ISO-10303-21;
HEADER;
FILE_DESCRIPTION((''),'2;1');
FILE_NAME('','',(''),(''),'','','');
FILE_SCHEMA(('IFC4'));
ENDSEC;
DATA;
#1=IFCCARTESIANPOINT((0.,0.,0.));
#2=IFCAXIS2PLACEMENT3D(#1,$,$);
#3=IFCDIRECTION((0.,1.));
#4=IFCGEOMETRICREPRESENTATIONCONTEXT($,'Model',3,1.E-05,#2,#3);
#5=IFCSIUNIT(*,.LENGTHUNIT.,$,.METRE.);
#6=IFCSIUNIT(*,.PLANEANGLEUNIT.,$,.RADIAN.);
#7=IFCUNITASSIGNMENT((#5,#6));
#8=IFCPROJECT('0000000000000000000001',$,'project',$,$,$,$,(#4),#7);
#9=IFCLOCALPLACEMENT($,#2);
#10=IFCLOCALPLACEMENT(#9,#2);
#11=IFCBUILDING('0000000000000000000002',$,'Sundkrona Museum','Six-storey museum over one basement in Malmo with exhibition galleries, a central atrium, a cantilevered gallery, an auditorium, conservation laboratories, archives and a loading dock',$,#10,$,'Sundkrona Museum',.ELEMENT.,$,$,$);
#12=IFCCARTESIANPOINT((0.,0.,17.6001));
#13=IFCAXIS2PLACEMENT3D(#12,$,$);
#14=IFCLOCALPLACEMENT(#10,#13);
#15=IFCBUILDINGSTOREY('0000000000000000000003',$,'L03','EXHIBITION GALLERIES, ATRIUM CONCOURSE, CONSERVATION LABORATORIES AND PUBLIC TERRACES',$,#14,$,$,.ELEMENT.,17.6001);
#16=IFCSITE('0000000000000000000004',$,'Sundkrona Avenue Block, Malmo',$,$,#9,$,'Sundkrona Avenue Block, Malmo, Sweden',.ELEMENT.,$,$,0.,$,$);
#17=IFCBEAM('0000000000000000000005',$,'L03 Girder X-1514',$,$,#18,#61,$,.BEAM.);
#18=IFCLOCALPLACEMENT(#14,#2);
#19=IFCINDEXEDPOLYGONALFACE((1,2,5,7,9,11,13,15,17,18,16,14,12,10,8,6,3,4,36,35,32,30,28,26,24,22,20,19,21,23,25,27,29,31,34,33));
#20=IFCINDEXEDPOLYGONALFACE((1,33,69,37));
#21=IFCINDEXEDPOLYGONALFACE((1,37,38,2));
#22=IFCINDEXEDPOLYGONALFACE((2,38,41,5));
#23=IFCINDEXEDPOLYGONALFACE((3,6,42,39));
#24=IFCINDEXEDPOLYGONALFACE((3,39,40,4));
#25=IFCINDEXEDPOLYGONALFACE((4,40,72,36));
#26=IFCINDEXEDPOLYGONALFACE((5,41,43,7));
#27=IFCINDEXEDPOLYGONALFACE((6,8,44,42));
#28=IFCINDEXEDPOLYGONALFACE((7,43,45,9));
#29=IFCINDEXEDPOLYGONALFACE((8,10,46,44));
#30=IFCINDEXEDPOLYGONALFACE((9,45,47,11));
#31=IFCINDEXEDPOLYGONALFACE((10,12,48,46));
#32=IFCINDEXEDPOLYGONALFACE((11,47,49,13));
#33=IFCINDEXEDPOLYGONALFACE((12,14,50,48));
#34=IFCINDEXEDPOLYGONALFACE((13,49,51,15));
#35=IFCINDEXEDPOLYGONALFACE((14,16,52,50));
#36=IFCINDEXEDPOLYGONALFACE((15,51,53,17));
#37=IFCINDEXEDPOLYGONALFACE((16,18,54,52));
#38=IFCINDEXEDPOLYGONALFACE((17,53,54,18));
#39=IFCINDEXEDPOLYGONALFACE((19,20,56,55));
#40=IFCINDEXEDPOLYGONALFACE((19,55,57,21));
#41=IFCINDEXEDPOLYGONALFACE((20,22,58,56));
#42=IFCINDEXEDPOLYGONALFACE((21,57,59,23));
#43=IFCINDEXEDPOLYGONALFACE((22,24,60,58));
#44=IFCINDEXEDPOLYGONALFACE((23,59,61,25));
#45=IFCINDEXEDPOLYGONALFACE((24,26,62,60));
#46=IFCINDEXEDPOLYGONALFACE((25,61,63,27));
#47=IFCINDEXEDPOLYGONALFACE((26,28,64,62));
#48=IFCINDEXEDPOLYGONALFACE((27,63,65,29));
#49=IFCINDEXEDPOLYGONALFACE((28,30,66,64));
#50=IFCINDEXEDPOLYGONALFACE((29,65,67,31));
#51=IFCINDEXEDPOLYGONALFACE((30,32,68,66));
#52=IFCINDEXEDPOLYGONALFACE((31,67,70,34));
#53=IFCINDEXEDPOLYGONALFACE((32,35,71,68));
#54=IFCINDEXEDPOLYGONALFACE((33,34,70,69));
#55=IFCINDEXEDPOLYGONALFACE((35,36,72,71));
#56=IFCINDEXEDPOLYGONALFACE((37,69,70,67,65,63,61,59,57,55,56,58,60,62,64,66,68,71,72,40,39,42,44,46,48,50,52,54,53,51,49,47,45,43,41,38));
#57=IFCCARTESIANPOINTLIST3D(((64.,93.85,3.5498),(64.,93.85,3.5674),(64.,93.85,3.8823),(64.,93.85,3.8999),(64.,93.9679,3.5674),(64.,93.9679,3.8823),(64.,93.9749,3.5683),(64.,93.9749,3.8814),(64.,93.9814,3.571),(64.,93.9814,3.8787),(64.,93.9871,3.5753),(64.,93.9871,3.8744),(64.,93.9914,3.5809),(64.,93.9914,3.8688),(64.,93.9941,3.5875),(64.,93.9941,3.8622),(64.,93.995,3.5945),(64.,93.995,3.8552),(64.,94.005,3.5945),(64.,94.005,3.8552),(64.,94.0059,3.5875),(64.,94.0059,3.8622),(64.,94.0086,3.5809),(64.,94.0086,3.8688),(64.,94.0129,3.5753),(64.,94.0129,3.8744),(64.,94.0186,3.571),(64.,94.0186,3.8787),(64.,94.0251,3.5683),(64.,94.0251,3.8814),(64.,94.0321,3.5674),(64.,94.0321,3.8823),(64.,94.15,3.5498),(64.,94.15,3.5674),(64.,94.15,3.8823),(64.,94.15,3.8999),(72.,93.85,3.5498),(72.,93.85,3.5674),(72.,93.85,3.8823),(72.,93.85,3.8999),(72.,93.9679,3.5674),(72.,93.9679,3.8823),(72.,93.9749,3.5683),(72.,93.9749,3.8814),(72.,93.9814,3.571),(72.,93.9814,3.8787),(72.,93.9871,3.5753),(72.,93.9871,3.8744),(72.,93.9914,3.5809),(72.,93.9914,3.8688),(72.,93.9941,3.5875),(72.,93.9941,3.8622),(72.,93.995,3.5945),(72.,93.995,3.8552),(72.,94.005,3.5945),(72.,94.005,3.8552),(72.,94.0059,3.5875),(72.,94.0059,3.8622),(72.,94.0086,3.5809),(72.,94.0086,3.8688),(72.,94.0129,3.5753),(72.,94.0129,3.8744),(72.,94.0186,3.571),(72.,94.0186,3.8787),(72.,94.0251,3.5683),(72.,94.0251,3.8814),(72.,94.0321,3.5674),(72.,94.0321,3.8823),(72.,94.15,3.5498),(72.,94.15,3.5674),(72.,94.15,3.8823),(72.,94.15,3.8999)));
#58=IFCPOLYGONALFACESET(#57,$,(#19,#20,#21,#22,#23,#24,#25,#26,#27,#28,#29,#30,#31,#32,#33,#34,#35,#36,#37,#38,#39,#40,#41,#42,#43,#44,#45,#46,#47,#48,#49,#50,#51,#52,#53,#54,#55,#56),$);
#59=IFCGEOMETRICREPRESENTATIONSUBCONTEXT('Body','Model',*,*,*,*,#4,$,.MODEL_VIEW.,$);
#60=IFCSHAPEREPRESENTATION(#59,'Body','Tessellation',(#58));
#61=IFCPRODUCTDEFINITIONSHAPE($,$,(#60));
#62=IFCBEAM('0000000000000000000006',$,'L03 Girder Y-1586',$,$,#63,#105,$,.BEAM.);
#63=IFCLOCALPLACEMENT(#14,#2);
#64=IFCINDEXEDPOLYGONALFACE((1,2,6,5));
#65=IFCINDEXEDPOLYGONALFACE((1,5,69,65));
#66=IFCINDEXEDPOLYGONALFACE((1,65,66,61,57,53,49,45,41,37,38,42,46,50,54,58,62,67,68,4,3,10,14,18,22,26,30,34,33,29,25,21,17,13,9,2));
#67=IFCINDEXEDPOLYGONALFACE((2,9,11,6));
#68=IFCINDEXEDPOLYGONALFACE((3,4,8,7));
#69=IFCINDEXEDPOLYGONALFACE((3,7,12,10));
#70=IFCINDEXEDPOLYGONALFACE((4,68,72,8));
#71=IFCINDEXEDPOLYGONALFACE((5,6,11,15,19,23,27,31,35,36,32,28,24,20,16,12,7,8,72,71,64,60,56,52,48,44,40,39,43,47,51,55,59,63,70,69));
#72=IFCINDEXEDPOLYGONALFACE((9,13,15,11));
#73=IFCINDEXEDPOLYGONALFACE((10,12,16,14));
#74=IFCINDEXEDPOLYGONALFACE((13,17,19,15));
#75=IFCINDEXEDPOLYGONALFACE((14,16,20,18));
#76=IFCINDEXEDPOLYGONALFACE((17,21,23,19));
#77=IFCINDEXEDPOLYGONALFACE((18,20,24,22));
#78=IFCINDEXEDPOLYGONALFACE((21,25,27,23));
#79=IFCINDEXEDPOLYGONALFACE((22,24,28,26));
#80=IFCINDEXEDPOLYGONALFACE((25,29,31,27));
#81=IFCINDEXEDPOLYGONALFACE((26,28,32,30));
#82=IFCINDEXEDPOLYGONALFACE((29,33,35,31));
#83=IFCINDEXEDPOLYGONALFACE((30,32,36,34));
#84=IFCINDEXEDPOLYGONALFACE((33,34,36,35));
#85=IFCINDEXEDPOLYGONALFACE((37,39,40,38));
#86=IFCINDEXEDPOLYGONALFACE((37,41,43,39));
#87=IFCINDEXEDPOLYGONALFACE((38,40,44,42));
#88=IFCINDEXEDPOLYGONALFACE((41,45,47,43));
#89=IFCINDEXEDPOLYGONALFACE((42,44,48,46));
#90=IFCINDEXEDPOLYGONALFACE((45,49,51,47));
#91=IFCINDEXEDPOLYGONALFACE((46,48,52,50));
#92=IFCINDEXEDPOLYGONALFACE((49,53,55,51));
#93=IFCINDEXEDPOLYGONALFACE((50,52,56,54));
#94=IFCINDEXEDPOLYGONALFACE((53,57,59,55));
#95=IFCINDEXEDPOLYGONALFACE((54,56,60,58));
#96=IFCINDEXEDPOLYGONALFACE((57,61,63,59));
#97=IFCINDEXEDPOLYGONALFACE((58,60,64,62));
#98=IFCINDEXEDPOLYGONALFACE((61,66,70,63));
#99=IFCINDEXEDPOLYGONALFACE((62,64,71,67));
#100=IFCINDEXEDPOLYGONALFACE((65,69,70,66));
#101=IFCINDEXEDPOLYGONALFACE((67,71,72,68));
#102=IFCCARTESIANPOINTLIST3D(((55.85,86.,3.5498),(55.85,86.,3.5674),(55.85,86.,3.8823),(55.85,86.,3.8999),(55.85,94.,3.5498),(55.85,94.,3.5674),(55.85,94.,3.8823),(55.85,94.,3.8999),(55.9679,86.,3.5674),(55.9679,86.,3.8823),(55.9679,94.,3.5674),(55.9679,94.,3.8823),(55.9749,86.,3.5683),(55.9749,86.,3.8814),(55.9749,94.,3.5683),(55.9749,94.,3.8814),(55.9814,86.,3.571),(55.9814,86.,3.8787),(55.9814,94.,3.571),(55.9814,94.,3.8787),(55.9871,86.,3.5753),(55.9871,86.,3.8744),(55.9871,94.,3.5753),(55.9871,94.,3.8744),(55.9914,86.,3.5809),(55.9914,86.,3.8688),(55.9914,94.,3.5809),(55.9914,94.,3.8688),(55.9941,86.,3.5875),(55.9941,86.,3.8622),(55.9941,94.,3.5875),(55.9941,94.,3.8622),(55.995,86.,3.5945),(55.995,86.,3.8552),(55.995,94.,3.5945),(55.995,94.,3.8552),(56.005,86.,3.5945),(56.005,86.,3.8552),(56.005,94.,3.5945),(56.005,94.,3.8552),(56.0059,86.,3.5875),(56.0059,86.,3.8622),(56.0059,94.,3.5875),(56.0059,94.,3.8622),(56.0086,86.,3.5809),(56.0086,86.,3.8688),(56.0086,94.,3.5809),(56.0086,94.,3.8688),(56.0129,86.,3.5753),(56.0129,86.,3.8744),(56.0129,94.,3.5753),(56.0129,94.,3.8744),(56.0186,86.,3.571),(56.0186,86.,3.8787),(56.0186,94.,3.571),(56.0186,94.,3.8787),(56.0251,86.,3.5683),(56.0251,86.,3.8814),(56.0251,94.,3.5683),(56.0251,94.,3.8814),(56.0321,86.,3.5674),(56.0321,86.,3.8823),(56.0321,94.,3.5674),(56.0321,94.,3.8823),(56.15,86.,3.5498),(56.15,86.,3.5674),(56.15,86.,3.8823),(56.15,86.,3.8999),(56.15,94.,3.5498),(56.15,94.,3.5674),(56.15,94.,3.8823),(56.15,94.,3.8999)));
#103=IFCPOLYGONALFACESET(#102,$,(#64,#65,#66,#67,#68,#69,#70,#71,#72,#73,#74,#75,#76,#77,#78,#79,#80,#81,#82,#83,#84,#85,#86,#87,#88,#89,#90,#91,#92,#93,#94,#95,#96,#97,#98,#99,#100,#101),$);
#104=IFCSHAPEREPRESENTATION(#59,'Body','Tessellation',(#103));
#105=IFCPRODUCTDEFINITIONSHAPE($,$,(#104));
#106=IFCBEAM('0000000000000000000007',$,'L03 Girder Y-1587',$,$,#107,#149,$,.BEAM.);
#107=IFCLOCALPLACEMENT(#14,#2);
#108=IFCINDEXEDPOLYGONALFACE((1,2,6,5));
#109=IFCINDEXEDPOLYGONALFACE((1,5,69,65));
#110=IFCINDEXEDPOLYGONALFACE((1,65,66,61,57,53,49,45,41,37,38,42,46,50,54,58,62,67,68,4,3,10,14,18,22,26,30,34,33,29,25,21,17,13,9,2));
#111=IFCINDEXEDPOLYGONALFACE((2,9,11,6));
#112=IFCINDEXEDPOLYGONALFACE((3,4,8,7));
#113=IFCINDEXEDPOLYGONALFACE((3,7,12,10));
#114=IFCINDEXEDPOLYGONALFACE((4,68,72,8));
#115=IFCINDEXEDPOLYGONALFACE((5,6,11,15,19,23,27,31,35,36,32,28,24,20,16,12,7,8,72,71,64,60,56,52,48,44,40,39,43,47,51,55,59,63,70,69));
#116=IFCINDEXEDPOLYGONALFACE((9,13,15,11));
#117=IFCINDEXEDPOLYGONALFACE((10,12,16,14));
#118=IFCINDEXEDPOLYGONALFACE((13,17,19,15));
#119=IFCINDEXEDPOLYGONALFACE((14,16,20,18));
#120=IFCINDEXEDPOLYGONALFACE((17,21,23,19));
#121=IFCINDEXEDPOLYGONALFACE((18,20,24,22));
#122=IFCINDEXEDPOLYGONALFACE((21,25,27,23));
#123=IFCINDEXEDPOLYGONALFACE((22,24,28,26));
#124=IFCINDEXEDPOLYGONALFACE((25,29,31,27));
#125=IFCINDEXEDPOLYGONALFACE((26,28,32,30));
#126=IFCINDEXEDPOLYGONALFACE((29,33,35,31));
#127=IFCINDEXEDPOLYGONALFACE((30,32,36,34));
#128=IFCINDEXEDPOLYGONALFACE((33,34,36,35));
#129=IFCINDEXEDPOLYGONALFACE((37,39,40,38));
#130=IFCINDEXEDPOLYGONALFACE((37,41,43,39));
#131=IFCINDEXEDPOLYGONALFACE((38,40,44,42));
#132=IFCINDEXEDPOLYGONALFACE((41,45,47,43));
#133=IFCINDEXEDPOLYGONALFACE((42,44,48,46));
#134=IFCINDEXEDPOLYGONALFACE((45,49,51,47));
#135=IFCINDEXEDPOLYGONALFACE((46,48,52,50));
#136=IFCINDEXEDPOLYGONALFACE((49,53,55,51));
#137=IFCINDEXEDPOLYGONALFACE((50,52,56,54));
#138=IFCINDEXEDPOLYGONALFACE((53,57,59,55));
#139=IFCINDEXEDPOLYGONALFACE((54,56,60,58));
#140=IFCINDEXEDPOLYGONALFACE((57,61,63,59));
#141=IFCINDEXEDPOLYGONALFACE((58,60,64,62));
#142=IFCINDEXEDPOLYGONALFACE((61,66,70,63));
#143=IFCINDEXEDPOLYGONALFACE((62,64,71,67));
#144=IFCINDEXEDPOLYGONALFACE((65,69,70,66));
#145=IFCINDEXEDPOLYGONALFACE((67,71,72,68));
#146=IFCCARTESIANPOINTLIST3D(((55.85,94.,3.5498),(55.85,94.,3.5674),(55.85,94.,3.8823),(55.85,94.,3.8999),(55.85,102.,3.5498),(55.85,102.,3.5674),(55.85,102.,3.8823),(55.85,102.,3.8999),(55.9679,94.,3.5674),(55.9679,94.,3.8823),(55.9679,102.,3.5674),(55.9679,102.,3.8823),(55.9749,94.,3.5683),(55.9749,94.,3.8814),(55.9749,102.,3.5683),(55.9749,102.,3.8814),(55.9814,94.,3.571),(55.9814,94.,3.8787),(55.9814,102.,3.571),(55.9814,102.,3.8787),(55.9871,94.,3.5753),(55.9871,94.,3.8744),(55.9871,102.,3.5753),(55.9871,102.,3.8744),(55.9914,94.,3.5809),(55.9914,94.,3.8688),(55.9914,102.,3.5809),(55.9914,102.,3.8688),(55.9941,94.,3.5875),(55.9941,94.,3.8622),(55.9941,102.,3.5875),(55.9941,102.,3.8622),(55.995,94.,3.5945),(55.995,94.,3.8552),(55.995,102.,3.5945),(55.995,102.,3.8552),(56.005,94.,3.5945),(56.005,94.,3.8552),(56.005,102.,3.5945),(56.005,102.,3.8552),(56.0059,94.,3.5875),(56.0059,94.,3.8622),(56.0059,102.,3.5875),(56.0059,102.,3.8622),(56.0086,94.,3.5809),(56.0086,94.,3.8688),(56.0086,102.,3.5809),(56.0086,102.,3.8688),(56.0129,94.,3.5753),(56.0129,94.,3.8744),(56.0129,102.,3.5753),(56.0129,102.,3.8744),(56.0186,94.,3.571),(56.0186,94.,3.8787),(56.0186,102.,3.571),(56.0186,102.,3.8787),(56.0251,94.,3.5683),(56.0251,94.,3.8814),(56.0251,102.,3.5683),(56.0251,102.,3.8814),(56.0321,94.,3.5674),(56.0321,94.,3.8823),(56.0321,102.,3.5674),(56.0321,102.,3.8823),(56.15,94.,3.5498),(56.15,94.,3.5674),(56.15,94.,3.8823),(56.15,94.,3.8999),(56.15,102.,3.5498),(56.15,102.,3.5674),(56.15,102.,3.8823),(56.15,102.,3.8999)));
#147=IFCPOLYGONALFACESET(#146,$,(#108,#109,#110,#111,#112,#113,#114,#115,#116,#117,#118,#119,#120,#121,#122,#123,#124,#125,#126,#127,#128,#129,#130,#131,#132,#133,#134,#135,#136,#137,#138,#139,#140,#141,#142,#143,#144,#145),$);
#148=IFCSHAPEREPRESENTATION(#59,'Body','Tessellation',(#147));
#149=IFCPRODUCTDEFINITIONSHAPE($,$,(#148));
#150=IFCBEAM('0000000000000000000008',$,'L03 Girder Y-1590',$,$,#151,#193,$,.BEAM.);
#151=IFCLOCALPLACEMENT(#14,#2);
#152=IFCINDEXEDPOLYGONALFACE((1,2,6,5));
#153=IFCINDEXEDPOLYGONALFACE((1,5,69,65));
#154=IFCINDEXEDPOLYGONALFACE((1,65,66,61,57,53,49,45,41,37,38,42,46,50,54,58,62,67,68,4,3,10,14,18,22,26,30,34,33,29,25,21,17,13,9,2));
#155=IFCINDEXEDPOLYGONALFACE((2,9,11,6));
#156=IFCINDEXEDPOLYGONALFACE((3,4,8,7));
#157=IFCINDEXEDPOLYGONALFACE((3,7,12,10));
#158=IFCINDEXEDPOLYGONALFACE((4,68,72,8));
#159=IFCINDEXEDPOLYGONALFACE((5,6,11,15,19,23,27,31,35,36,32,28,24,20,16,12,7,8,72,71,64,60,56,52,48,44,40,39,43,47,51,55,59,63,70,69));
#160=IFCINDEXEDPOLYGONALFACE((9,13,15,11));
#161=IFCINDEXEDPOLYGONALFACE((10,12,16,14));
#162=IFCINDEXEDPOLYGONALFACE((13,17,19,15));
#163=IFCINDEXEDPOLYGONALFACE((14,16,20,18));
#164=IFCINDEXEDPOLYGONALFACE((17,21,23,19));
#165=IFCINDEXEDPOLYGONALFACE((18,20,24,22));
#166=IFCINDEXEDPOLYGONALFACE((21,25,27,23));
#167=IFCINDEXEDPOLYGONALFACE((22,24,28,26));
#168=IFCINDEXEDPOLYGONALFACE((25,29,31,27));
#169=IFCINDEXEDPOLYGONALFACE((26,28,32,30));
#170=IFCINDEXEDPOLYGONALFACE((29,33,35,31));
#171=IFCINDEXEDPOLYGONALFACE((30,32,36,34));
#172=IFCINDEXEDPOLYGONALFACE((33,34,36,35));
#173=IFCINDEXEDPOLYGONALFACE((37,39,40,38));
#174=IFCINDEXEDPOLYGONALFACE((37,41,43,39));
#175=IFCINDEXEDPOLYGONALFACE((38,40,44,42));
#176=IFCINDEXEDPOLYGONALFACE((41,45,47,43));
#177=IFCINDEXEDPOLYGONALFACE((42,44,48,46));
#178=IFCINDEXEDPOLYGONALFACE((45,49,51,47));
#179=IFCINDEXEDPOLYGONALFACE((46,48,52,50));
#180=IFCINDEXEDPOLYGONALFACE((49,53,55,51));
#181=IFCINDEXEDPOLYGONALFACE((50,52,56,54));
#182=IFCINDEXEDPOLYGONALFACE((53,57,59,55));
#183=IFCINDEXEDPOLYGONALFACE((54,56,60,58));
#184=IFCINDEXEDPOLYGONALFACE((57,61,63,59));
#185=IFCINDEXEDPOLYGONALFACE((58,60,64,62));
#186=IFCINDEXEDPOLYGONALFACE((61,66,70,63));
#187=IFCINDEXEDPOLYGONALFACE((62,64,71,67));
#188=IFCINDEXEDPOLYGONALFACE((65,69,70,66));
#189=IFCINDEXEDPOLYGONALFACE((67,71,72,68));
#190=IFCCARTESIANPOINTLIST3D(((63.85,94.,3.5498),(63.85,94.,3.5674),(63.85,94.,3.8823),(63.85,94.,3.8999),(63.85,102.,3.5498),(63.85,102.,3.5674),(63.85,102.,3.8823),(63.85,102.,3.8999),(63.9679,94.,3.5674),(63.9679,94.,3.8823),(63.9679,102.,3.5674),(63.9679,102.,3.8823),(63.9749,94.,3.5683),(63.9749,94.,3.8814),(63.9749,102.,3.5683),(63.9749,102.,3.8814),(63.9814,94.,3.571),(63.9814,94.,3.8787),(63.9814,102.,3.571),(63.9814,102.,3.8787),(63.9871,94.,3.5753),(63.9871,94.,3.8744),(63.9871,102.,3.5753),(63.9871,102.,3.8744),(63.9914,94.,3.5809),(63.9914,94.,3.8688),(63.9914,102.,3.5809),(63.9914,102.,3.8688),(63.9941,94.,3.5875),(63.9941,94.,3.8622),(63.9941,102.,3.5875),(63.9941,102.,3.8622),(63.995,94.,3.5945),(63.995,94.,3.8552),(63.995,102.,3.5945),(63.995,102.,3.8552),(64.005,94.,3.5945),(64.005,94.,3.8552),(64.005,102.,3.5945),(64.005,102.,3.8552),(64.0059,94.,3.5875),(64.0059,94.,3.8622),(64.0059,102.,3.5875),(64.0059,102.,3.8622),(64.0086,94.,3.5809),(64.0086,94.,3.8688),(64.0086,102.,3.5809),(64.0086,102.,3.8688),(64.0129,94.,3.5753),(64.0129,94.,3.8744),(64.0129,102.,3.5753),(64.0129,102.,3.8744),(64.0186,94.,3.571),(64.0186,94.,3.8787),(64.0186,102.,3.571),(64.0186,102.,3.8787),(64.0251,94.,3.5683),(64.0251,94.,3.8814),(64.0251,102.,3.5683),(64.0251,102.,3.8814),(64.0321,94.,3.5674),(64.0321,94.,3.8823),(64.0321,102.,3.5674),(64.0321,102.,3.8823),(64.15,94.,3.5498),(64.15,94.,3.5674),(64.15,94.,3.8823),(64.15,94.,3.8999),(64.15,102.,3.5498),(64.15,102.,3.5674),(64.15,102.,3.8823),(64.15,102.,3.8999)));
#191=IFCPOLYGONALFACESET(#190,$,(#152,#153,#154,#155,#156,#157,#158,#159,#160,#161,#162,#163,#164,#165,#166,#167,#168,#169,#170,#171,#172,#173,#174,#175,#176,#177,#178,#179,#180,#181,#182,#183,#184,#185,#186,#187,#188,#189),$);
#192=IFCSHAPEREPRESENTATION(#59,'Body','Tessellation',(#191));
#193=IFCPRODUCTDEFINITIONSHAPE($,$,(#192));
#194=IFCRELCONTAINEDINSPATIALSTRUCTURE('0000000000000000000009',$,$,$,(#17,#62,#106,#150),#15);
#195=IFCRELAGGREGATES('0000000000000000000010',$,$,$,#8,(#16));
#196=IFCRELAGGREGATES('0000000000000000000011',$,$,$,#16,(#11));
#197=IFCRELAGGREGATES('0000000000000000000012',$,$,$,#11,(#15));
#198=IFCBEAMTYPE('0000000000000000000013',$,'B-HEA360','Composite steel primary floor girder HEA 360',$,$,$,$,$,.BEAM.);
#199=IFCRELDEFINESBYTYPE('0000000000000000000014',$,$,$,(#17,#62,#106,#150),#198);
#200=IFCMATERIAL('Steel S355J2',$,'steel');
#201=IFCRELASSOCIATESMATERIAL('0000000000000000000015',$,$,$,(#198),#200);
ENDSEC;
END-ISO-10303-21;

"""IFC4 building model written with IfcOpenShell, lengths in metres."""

from ifc_helpers import new_model, si_unit, direction, frame, origin, origin_2d, place, context, subcontext, project, spatial, i_section, extrude, material, material_profile, profile_set, type_object, element, save


model = new_model("IFC4")

# Units and contexts
model_context = context("Model", 3, precision=1e-05, world=origin(), true_north=direction((0.0, 1.0)))
body_context = subcontext(model_context, "Body", "Model", "MODEL_VIEW")
ifc_project = project(units=[si_unit("LENGTHUNIT", "METRE"), si_unit("PLANEANGLEUNIT", "RADIAN")], contexts=[model_context])

# Site, building, storey
site_placement = place(None, origin())
site = spatial("IfcSite", under=ifc_project, at=site_placement, Name="Sundkrona Avenue Block, Malmo", LongName="Sundkrona Avenue Block, Malmo, Sweden", CompositionType="ELEMENT", RefElevation=0.0)
building_placement = place(site_placement, origin())
building = spatial("IfcBuilding", under=site, at=building_placement, Name="Sundkrona Museum", Description="Six-storey museum over one basement in Malmo with exhibition galleries, a central atrium, a cantilevered gallery, an auditorium, conservation laboratories, archives and a loading dock", LongName="Sundkrona Museum", CompositionType="ELEMENT")
storey_placement = place(building_placement, frame((0.0, 0.0, 17.6001)))
storey = spatial("IfcBuildingStorey", under=building, at=storey_placement, Name="L03", Description="EXHIBITION GALLERIES, ATRIUM CONCOURSE, CONSERVATION LABORATORIES AND PUBLIC TERRACES", CompositionType="ELEMENT", Elevation=17.6001)

# Shared definitions
ifc_material_1 = material(Name="Steel S355J2", Category="steel")

# Beams
ifc_material_profile_1 = material_profile(ifc_material_1, i_section(OverallWidth=0.3, OverallDepth=0.3501, WebThickness=0.01, FlangeThickness=0.0176, FilletRadius=0.0271, at=origin_2d()), Name="HEA 360")
ifc_profile_set_1 = profile_set([ifc_material_profile_1], Name="Steel S355J2")
beam_type_1 = type_object("IfcBeamType", Name="B-HEA360", Description="Composite steel primary floor girder HEA 360", PredefinedType="BEAM", material=ifc_profile_set_1)
for number, where, z_axis, x_axis, name in (
    (1, (64.0, 94.0, 3.7249), (1.0, 0.0, 0.0), (0.0, 1.0, 0.0), "L03 Girder X-1514"),
    (2, (56.0, 86.0, 3.7249), (0.0, 1.0, 0.0), (-1.0, 0.0, 0.0), "L03 Girder Y-1586"),
    (3, (56.0, 94.0, 3.7249), (0.0, 1.0, 0.0), (-1.0, 0.0, 0.0), "L03 Girder Y-1587"),
    (4, (64.0, 94.0, 3.7249), (0.0, 1.0, 0.0), (-1.0, 0.0, 0.0), "L03 Girder Y-1590"),
):
    element("IfcBeam", number, at=place(storey_placement, frame(where, z_axis=z_axis, x_axis=x_axis)), inside=storey, type_object=beam_type_1, Name=name, PredefinedType="BEAM", context=body_context, shape_type="SweptSolid", body=[
        extrude(i_section(OverallWidth=0.3, OverallDepth=0.3501, WebThickness=0.01, FlangeThickness=0.0176, FilletRadius=0.0271, at=origin_2d()), origin(), (0.0, 0.0, 1.0), 8.0),
    ])

save(model, "model.ifc")
